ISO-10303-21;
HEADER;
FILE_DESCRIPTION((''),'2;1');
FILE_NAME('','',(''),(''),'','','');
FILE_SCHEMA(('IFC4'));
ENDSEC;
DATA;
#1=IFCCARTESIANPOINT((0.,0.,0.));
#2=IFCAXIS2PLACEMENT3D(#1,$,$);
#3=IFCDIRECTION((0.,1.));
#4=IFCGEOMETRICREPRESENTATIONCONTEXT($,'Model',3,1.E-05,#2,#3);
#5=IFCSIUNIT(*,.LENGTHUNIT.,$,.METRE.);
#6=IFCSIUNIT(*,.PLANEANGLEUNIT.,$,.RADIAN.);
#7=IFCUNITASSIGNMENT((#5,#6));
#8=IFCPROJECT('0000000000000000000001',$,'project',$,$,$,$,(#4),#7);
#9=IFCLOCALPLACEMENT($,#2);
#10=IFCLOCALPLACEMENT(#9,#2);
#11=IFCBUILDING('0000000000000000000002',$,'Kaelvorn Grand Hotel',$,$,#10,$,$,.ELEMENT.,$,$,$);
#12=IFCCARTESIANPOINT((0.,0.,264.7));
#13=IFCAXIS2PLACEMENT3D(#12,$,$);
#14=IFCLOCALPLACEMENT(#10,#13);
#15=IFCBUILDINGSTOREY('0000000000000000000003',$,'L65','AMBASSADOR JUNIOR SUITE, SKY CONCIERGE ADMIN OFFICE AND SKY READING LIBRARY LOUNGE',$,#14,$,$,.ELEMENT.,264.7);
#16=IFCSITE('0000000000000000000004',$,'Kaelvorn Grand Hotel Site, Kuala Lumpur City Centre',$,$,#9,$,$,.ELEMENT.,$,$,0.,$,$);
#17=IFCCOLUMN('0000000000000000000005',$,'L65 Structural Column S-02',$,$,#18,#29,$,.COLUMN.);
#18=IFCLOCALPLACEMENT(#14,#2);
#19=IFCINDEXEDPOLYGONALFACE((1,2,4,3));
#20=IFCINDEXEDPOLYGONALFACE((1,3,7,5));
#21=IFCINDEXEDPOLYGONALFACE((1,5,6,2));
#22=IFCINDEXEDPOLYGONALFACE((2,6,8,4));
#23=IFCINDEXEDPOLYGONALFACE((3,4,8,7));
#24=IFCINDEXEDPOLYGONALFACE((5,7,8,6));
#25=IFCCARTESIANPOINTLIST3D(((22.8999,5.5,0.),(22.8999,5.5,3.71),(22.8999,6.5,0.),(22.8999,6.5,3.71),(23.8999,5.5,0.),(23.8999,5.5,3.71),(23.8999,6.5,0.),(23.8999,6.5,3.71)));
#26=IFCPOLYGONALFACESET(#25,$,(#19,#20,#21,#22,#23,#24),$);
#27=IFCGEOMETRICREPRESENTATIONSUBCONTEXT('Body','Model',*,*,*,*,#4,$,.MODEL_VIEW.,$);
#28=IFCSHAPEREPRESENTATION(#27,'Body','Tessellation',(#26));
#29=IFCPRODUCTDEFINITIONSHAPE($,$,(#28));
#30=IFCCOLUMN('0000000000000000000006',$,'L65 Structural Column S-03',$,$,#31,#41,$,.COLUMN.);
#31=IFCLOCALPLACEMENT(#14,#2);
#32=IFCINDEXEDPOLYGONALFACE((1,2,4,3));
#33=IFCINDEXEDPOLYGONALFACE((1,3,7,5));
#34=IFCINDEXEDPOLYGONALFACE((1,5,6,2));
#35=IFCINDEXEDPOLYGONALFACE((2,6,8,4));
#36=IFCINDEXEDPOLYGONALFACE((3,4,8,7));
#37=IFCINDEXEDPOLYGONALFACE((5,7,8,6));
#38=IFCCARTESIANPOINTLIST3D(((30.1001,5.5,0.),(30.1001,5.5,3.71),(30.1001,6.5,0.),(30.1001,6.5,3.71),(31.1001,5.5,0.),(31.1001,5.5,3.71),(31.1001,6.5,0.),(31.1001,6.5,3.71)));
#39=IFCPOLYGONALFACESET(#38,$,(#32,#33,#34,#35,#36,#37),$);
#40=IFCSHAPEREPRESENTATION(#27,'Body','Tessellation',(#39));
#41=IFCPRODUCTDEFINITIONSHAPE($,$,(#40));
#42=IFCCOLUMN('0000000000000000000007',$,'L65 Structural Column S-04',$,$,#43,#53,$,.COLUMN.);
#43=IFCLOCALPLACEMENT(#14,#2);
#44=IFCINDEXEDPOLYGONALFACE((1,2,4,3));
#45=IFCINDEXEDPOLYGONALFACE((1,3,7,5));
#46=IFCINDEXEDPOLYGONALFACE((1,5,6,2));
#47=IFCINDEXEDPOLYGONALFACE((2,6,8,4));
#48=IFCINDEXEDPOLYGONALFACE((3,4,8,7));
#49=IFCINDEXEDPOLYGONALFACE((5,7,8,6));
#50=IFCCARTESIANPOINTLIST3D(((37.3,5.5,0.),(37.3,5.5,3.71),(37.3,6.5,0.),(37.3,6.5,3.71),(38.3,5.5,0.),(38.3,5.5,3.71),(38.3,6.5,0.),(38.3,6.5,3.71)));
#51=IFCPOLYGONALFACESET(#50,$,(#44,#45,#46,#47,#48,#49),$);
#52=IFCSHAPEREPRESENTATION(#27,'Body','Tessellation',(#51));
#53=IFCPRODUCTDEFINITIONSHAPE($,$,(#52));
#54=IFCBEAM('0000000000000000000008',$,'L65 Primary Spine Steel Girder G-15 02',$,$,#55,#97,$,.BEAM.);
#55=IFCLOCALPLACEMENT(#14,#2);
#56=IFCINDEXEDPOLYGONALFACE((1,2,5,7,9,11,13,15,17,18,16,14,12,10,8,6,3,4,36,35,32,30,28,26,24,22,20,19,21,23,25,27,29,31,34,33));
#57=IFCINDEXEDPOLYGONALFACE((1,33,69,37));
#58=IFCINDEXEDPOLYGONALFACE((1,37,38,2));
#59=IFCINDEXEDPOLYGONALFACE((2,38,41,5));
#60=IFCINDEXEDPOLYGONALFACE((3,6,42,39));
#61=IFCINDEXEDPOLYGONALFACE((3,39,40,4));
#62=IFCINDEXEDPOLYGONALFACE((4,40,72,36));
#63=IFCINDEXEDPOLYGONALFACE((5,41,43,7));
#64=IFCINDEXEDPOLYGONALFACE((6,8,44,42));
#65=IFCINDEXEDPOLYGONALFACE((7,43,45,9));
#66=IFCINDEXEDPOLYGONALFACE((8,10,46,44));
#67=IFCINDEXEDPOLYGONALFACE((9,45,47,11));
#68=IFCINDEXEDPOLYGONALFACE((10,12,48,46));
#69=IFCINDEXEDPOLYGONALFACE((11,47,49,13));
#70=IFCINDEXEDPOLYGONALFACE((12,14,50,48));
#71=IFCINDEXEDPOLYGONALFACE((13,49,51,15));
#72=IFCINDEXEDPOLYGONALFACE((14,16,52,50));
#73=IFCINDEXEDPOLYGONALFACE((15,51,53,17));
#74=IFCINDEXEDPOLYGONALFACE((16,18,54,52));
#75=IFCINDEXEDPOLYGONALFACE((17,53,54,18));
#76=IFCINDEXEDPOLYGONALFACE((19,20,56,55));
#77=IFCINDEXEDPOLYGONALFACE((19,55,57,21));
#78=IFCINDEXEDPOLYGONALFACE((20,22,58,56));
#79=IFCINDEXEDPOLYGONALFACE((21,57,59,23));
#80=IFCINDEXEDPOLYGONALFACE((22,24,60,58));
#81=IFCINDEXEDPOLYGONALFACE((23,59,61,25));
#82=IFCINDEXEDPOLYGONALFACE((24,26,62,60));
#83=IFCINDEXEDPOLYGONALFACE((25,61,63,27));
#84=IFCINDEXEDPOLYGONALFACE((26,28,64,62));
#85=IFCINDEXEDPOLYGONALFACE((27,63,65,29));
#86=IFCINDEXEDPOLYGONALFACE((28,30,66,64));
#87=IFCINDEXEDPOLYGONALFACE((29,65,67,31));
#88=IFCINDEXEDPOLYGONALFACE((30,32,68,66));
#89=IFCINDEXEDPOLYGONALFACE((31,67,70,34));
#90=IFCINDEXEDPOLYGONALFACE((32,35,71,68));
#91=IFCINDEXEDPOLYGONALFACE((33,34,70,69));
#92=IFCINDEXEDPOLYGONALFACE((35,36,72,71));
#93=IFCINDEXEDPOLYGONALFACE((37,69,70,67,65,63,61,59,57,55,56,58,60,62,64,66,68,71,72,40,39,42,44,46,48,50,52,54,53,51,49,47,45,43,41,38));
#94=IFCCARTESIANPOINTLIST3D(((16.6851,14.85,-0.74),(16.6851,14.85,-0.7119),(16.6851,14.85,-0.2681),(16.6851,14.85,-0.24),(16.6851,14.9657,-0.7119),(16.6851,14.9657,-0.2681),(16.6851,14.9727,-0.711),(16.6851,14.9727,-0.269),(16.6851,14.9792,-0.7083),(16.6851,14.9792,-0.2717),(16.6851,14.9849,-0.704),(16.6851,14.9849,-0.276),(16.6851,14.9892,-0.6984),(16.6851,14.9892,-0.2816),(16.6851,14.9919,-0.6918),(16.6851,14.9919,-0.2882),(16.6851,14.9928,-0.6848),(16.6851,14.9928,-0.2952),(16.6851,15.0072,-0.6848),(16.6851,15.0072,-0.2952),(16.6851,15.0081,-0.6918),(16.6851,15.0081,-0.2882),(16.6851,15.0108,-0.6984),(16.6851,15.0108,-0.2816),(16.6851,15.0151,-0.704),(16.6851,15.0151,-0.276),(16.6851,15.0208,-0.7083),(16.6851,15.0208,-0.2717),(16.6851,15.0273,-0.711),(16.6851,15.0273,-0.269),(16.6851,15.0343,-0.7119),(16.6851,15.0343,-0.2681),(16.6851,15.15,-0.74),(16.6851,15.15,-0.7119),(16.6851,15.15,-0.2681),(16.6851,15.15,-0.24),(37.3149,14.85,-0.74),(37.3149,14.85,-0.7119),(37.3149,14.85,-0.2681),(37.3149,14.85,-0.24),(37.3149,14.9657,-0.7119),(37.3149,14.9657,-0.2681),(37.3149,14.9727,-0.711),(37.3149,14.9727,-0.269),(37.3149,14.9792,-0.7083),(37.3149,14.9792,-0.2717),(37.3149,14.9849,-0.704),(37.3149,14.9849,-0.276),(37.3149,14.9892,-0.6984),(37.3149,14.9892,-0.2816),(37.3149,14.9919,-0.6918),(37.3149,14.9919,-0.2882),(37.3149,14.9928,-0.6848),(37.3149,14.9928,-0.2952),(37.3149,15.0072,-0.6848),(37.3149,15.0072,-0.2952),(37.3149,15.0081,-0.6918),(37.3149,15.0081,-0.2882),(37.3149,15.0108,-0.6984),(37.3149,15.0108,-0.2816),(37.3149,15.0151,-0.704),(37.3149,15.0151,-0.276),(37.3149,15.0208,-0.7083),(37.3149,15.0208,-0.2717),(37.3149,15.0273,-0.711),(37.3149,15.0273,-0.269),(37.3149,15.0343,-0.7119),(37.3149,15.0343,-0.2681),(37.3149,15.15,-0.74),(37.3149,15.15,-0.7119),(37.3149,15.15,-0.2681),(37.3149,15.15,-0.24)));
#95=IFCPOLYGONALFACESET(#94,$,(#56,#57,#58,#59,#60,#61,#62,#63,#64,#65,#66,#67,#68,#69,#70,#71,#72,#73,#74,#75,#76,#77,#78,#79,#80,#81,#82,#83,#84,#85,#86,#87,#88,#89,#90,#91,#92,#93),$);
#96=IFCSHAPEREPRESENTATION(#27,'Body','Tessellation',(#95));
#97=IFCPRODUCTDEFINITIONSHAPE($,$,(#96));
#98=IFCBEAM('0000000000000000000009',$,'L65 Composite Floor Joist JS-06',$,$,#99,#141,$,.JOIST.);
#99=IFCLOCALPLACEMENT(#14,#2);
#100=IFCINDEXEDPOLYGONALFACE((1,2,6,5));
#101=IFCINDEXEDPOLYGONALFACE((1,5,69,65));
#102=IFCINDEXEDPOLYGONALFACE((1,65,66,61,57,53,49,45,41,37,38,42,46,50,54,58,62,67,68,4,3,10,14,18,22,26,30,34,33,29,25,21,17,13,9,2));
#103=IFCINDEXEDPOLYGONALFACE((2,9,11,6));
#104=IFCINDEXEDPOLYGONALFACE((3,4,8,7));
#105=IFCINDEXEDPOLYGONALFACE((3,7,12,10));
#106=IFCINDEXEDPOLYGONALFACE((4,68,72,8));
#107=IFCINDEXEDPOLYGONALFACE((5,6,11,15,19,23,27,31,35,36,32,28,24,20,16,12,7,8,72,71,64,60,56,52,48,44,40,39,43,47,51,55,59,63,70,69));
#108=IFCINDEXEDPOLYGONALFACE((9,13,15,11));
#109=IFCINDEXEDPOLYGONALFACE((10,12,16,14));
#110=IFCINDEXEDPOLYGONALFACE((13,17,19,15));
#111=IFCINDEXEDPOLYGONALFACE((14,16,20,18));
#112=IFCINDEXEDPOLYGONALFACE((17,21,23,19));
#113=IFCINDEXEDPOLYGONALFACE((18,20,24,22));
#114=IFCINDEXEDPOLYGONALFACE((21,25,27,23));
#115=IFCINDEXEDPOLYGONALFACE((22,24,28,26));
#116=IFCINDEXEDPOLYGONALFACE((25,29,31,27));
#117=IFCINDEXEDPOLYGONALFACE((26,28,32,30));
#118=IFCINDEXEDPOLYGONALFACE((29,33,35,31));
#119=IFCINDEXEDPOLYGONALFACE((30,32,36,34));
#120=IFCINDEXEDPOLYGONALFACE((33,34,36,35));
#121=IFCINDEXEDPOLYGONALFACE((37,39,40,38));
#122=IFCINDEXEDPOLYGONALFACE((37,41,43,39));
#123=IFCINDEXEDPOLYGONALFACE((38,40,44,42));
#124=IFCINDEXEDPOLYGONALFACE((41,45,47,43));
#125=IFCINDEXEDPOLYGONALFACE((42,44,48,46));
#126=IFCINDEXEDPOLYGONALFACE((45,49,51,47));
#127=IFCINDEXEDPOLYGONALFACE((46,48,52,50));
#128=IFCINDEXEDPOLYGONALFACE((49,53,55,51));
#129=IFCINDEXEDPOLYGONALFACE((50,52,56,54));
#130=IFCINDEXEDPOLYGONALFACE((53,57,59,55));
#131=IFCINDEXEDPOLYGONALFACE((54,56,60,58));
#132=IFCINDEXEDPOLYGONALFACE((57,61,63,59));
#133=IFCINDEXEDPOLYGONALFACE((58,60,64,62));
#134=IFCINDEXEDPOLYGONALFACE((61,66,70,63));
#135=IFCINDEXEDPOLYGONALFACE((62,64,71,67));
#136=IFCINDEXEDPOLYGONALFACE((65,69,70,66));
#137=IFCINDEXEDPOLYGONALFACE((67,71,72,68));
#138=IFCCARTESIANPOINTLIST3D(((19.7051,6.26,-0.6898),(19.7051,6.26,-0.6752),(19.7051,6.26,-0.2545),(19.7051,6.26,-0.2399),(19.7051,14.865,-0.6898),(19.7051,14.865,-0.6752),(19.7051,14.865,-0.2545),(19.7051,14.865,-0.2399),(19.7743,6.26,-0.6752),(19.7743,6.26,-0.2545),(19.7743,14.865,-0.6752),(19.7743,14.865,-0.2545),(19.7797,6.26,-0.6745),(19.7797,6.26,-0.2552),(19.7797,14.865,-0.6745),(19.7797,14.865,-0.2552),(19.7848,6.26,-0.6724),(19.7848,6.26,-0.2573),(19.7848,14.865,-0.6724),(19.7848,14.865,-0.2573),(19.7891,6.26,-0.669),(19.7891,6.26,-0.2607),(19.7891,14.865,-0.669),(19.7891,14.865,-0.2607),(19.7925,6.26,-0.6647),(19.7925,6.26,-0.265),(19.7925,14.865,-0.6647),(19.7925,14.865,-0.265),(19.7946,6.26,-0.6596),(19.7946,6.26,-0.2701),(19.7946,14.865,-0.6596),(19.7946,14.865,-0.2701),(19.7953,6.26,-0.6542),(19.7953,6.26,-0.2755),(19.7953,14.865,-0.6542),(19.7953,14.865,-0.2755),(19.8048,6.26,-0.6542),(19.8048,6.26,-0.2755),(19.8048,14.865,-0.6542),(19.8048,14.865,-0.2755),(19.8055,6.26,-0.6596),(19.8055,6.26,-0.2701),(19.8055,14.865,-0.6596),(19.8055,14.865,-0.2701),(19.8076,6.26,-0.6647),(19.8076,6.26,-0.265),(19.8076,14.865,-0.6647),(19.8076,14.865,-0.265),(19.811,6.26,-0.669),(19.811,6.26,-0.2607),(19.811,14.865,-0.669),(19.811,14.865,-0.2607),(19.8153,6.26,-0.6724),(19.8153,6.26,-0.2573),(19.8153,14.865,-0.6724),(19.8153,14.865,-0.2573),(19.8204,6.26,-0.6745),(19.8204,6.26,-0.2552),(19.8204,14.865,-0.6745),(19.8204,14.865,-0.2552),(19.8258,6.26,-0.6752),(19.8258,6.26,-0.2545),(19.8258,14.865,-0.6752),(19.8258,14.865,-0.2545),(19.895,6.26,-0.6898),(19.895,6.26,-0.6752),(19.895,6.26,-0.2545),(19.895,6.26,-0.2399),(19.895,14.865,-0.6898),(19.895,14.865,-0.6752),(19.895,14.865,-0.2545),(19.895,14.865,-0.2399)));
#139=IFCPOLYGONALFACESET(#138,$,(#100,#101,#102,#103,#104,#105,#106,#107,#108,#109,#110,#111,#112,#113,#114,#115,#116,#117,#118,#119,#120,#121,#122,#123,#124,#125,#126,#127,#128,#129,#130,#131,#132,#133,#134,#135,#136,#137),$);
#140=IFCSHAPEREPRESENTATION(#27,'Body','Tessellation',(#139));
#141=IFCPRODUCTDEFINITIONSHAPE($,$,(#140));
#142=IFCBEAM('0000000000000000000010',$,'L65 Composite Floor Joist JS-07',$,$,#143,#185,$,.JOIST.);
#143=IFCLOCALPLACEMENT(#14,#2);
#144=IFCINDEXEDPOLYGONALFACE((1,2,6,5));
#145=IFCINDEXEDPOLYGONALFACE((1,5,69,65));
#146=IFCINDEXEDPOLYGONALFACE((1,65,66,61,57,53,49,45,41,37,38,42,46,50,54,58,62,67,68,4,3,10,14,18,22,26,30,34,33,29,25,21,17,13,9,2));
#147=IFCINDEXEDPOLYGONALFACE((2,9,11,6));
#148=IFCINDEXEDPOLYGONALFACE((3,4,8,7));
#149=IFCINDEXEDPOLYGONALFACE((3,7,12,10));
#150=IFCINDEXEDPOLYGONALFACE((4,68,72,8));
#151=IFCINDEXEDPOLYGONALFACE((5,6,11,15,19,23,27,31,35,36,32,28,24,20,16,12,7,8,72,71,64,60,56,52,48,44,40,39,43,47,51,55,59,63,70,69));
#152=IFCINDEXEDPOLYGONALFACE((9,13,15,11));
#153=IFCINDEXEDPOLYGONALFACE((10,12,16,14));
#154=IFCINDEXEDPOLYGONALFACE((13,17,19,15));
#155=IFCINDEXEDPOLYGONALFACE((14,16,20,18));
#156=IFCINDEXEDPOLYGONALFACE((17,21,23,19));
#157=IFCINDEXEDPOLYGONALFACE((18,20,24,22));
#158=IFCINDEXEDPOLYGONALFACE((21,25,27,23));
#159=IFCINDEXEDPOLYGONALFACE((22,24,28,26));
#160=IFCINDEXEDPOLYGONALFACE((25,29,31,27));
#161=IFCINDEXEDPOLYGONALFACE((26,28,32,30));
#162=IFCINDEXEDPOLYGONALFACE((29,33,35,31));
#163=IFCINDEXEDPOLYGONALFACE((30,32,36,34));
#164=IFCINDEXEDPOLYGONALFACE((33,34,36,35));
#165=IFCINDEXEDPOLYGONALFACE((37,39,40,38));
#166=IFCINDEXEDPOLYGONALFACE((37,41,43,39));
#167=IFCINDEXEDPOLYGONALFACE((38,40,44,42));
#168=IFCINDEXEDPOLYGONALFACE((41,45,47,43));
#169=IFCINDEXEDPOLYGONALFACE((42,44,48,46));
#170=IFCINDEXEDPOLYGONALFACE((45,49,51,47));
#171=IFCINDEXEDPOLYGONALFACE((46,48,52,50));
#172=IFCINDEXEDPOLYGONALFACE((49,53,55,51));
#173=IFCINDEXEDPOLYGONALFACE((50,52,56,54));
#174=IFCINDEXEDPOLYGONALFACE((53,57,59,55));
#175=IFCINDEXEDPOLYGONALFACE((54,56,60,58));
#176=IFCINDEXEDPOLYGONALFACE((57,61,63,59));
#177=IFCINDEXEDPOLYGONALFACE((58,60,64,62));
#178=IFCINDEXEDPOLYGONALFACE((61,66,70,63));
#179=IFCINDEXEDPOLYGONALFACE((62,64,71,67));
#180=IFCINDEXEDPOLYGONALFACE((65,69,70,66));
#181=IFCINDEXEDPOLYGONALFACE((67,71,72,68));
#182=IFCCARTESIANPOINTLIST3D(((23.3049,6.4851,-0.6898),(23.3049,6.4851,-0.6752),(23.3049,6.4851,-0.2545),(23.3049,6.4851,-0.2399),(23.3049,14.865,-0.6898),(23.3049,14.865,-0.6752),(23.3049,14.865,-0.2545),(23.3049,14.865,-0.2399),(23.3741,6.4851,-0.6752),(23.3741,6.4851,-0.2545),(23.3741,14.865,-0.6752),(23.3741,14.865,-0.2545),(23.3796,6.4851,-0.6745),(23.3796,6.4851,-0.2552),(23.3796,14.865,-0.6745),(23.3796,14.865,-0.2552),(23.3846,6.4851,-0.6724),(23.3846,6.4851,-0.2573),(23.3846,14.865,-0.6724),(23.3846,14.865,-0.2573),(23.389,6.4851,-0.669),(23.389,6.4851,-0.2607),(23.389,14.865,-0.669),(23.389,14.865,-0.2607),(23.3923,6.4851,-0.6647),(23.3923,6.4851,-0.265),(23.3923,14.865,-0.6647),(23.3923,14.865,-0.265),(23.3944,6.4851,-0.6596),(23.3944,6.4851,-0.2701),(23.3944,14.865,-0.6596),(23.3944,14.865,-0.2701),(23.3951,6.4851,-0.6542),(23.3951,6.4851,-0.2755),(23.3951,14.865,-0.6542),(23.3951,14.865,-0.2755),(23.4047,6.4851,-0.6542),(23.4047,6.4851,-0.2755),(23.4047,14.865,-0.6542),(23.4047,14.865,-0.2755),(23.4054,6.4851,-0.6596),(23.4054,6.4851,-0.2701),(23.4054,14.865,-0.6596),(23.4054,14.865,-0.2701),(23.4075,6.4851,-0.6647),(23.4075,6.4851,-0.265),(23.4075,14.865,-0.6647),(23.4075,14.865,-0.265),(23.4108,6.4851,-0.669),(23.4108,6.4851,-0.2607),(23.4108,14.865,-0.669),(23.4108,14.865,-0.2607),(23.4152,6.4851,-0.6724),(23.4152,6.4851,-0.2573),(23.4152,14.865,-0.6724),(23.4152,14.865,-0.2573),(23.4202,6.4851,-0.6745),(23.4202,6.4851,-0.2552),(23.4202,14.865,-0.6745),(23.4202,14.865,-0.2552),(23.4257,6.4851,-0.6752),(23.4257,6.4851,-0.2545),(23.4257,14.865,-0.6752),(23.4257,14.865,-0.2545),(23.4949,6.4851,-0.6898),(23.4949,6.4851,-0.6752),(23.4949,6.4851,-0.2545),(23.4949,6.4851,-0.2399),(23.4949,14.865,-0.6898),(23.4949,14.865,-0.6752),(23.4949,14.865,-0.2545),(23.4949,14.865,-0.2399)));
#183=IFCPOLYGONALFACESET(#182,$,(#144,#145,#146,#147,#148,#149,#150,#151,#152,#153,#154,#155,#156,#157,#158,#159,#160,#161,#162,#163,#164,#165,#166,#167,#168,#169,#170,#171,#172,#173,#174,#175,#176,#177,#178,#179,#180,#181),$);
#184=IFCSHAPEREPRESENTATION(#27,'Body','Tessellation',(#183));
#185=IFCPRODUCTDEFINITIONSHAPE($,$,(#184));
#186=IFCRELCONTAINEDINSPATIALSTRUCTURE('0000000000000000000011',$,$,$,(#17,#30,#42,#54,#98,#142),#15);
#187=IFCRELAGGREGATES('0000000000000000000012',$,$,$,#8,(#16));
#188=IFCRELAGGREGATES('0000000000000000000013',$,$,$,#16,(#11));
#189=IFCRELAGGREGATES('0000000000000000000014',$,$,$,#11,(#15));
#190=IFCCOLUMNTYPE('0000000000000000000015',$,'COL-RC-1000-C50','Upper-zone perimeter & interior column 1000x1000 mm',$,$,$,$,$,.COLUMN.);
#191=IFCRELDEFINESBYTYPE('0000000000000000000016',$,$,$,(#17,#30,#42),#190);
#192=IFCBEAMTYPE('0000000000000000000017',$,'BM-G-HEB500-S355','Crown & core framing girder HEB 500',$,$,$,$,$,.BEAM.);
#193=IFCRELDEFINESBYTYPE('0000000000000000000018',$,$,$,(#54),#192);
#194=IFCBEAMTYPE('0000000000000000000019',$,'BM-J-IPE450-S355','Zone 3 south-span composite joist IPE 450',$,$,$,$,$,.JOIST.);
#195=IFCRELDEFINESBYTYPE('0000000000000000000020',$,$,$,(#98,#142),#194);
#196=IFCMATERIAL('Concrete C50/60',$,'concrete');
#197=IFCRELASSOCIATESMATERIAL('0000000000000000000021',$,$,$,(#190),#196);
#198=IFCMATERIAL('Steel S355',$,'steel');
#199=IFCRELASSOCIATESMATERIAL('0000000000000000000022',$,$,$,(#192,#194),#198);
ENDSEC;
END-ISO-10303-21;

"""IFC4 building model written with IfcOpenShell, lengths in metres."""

from ifc_helpers import new_model, si_unit, direction, frame, origin, origin_2d, place, context, subcontext, project, spatial, rectangle, i_section, extrude, material, material_profile, profile_set, type_object, element, save


model = new_model("IFC4")

# Units and contexts
model_context = context("Model", 3, precision=1e-05, world=origin(), true_north=direction((0.0, 1.0)))
body_context = subcontext(model_context, "Body", "Model", "MODEL_VIEW")
ifc_project = project(units=[si_unit("LENGTHUNIT", "METRE"), si_unit("PLANEANGLEUNIT", "RADIAN")], contexts=[model_context])

# Site, building, storey
site_placement = place(None, origin())
site = spatial("IfcSite", under=ifc_project, at=site_placement, Name="Kaelvorn Grand Hotel Site, Kuala Lumpur City Centre", CompositionType="ELEMENT", RefElevation=0.0)
building_placement = place(site_placement, origin())
building = spatial("IfcBuilding", under=site, at=building_placement, Name="Kaelvorn Grand Hotel", CompositionType="ELEMENT")
storey_placement = place(building_placement, frame((0.0, 0.0, 264.7)))
storey = spatial("IfcBuildingStorey", under=building, at=storey_placement, Name="L65", Description="AMBASSADOR JUNIOR SUITE, SKY CONCIERGE ADMIN OFFICE AND SKY READING LIBRARY LOUNGE", CompositionType="ELEMENT", Elevation=264.7)

# Columns
ifc_material_1 = material(Name="Concrete C50/60", Category="concrete")
ifc_material_profile_1 = material_profile(ifc_material_1, rectangle(XDim=1.0, YDim=1.0, at=origin_2d()), Name="RC COL 1000x1000")
ifc_profile_set_1 = profile_set([ifc_material_profile_1], Name="Concrete C50/60")
column_type = type_object("IfcColumnType", Name="COL-RC-1000-C50", Description="Upper-zone perimeter & interior column 1000x1000 mm", PredefinedType="COLUMN", material=ifc_profile_set_1)
for number, where, z_axis, x_axis, name in (
    (1, (23.3999, 6.0, 0.0), (0.0, 0.0, 1.0), (1.0, 0.0, 0.0), "L65 Structural Column S-02"),
    (2, (30.6001, 6.0, 0.0), (0.0, 0.0, 1.0), (1.0, 0.0, 0.0), "L65 Structural Column S-03"),
    (3, (37.8, 6.0, 0.0), (0.0, 0.0, 1.0), (1.0, 0.0, 0.0), "L65 Structural Column S-04"),
):
    element("IfcColumn", number, at=place(storey_placement, frame(where, z_axis=z_axis, x_axis=x_axis)), inside=storey, type_object=column_type, Name=name, PredefinedType="COLUMN", context=body_context, shape_type="SweptSolid", body=[
        extrude(rectangle(XDim=1.0, YDim=1.0, at=origin_2d()), origin(), (0.0, 0.0, 1.0), 3.71),
    ])

# Beams
ifc_material_2 = material(Name="Steel S355", Category="steel")
ifc_material_profile_2 = material_profile(ifc_material_2, i_section(OverallWidth=0.3, OverallDepth=0.5, WebThickness=0.0144, FlangeThickness=0.0281, FilletRadius=0.0271, at=origin_2d()), Name="HEB 500")
ifc_profile_set_2 = profile_set([ifc_material_profile_2], Name="Steel S355")
beam_type_1 = type_object("IfcBeamType", Name="BM-G-HEB500-S355", Description="Crown & core framing girder HEB 500", PredefinedType="BEAM", material=ifc_profile_set_2)
beam_1_placement = place(storey_placement, frame((16.6851, 15.0, -0.49), z_axis=(1.0, 0.0, 0.0), x_axis=(0.0, 1.0, 0.0)))
element("IfcBeam", 4, at=beam_1_placement, inside=storey, type_object=beam_type_1, Name="L65 Primary Spine Steel Girder G-15 02", PredefinedType="BEAM", context=body_context, shape_type="SweptSolid", body=[
    extrude(i_section(OverallWidth=0.3, OverallDepth=0.5, WebThickness=0.0144, FlangeThickness=0.0281, FilletRadius=0.0271, at=origin_2d()), origin(), (0.0, 0.0, 1.0), 20.6299),
])
ifc_material_profile_3 = material_profile(ifc_material_2, i_section(OverallWidth=0.1899, OverallDepth=0.45, WebThickness=0.0095, FlangeThickness=0.0146, FilletRadius=0.021, at=origin_2d()), Name="IPE 450")
ifc_profile_set_3 = profile_set([ifc_material_profile_3], Name="Steel S355")
beam_type_2 = type_object("IfcBeamType", Name="BM-J-IPE450-S355", Description="Zone 3 south-span composite joist IPE 450", PredefinedType="JOIST", material=ifc_profile_set_3)
beam_2_placement = place(storey_placement, frame((19.8, 6.26, -0.4648), z_axis=(0.0, 1.0, 0.0), x_axis=(-1.0, 0.0, 0.0)))
element("IfcBeam", 5, at=beam_2_placement, inside=storey, type_object=beam_type_2, Name="L65 Composite Floor Joist JS-06", PredefinedType="JOIST", context=body_context, shape_type="SweptSolid", body=[
    extrude(i_section(OverallWidth=0.1899, OverallDepth=0.45, WebThickness=0.0095, FlangeThickness=0.0146, FilletRadius=0.021, at=origin_2d()), origin(), (0.0, 0.0, 1.0), 8.605),
])
beam_3_placement = place(storey_placement, frame((23.3999, 6.4851, -0.4648), z_axis=(0.0, 1.0, 0.0), x_axis=(-1.0, 0.0, 0.0)))
element("IfcBeam", 6, at=beam_3_placement, inside=storey, type_object=beam_type_2, Name="L65 Composite Floor Joist JS-07", PredefinedType="JOIST", context=body_context, shape_type="SweptSolid", body=[
    extrude(i_section(OverallWidth=0.1899, OverallDepth=0.45, WebThickness=0.0095, FlangeThickness=0.0146, FilletRadius=0.021, at=origin_2d()), origin(), (0.0, 0.0, 1.0), 8.3799),
])

save(model, "model.ifc")
